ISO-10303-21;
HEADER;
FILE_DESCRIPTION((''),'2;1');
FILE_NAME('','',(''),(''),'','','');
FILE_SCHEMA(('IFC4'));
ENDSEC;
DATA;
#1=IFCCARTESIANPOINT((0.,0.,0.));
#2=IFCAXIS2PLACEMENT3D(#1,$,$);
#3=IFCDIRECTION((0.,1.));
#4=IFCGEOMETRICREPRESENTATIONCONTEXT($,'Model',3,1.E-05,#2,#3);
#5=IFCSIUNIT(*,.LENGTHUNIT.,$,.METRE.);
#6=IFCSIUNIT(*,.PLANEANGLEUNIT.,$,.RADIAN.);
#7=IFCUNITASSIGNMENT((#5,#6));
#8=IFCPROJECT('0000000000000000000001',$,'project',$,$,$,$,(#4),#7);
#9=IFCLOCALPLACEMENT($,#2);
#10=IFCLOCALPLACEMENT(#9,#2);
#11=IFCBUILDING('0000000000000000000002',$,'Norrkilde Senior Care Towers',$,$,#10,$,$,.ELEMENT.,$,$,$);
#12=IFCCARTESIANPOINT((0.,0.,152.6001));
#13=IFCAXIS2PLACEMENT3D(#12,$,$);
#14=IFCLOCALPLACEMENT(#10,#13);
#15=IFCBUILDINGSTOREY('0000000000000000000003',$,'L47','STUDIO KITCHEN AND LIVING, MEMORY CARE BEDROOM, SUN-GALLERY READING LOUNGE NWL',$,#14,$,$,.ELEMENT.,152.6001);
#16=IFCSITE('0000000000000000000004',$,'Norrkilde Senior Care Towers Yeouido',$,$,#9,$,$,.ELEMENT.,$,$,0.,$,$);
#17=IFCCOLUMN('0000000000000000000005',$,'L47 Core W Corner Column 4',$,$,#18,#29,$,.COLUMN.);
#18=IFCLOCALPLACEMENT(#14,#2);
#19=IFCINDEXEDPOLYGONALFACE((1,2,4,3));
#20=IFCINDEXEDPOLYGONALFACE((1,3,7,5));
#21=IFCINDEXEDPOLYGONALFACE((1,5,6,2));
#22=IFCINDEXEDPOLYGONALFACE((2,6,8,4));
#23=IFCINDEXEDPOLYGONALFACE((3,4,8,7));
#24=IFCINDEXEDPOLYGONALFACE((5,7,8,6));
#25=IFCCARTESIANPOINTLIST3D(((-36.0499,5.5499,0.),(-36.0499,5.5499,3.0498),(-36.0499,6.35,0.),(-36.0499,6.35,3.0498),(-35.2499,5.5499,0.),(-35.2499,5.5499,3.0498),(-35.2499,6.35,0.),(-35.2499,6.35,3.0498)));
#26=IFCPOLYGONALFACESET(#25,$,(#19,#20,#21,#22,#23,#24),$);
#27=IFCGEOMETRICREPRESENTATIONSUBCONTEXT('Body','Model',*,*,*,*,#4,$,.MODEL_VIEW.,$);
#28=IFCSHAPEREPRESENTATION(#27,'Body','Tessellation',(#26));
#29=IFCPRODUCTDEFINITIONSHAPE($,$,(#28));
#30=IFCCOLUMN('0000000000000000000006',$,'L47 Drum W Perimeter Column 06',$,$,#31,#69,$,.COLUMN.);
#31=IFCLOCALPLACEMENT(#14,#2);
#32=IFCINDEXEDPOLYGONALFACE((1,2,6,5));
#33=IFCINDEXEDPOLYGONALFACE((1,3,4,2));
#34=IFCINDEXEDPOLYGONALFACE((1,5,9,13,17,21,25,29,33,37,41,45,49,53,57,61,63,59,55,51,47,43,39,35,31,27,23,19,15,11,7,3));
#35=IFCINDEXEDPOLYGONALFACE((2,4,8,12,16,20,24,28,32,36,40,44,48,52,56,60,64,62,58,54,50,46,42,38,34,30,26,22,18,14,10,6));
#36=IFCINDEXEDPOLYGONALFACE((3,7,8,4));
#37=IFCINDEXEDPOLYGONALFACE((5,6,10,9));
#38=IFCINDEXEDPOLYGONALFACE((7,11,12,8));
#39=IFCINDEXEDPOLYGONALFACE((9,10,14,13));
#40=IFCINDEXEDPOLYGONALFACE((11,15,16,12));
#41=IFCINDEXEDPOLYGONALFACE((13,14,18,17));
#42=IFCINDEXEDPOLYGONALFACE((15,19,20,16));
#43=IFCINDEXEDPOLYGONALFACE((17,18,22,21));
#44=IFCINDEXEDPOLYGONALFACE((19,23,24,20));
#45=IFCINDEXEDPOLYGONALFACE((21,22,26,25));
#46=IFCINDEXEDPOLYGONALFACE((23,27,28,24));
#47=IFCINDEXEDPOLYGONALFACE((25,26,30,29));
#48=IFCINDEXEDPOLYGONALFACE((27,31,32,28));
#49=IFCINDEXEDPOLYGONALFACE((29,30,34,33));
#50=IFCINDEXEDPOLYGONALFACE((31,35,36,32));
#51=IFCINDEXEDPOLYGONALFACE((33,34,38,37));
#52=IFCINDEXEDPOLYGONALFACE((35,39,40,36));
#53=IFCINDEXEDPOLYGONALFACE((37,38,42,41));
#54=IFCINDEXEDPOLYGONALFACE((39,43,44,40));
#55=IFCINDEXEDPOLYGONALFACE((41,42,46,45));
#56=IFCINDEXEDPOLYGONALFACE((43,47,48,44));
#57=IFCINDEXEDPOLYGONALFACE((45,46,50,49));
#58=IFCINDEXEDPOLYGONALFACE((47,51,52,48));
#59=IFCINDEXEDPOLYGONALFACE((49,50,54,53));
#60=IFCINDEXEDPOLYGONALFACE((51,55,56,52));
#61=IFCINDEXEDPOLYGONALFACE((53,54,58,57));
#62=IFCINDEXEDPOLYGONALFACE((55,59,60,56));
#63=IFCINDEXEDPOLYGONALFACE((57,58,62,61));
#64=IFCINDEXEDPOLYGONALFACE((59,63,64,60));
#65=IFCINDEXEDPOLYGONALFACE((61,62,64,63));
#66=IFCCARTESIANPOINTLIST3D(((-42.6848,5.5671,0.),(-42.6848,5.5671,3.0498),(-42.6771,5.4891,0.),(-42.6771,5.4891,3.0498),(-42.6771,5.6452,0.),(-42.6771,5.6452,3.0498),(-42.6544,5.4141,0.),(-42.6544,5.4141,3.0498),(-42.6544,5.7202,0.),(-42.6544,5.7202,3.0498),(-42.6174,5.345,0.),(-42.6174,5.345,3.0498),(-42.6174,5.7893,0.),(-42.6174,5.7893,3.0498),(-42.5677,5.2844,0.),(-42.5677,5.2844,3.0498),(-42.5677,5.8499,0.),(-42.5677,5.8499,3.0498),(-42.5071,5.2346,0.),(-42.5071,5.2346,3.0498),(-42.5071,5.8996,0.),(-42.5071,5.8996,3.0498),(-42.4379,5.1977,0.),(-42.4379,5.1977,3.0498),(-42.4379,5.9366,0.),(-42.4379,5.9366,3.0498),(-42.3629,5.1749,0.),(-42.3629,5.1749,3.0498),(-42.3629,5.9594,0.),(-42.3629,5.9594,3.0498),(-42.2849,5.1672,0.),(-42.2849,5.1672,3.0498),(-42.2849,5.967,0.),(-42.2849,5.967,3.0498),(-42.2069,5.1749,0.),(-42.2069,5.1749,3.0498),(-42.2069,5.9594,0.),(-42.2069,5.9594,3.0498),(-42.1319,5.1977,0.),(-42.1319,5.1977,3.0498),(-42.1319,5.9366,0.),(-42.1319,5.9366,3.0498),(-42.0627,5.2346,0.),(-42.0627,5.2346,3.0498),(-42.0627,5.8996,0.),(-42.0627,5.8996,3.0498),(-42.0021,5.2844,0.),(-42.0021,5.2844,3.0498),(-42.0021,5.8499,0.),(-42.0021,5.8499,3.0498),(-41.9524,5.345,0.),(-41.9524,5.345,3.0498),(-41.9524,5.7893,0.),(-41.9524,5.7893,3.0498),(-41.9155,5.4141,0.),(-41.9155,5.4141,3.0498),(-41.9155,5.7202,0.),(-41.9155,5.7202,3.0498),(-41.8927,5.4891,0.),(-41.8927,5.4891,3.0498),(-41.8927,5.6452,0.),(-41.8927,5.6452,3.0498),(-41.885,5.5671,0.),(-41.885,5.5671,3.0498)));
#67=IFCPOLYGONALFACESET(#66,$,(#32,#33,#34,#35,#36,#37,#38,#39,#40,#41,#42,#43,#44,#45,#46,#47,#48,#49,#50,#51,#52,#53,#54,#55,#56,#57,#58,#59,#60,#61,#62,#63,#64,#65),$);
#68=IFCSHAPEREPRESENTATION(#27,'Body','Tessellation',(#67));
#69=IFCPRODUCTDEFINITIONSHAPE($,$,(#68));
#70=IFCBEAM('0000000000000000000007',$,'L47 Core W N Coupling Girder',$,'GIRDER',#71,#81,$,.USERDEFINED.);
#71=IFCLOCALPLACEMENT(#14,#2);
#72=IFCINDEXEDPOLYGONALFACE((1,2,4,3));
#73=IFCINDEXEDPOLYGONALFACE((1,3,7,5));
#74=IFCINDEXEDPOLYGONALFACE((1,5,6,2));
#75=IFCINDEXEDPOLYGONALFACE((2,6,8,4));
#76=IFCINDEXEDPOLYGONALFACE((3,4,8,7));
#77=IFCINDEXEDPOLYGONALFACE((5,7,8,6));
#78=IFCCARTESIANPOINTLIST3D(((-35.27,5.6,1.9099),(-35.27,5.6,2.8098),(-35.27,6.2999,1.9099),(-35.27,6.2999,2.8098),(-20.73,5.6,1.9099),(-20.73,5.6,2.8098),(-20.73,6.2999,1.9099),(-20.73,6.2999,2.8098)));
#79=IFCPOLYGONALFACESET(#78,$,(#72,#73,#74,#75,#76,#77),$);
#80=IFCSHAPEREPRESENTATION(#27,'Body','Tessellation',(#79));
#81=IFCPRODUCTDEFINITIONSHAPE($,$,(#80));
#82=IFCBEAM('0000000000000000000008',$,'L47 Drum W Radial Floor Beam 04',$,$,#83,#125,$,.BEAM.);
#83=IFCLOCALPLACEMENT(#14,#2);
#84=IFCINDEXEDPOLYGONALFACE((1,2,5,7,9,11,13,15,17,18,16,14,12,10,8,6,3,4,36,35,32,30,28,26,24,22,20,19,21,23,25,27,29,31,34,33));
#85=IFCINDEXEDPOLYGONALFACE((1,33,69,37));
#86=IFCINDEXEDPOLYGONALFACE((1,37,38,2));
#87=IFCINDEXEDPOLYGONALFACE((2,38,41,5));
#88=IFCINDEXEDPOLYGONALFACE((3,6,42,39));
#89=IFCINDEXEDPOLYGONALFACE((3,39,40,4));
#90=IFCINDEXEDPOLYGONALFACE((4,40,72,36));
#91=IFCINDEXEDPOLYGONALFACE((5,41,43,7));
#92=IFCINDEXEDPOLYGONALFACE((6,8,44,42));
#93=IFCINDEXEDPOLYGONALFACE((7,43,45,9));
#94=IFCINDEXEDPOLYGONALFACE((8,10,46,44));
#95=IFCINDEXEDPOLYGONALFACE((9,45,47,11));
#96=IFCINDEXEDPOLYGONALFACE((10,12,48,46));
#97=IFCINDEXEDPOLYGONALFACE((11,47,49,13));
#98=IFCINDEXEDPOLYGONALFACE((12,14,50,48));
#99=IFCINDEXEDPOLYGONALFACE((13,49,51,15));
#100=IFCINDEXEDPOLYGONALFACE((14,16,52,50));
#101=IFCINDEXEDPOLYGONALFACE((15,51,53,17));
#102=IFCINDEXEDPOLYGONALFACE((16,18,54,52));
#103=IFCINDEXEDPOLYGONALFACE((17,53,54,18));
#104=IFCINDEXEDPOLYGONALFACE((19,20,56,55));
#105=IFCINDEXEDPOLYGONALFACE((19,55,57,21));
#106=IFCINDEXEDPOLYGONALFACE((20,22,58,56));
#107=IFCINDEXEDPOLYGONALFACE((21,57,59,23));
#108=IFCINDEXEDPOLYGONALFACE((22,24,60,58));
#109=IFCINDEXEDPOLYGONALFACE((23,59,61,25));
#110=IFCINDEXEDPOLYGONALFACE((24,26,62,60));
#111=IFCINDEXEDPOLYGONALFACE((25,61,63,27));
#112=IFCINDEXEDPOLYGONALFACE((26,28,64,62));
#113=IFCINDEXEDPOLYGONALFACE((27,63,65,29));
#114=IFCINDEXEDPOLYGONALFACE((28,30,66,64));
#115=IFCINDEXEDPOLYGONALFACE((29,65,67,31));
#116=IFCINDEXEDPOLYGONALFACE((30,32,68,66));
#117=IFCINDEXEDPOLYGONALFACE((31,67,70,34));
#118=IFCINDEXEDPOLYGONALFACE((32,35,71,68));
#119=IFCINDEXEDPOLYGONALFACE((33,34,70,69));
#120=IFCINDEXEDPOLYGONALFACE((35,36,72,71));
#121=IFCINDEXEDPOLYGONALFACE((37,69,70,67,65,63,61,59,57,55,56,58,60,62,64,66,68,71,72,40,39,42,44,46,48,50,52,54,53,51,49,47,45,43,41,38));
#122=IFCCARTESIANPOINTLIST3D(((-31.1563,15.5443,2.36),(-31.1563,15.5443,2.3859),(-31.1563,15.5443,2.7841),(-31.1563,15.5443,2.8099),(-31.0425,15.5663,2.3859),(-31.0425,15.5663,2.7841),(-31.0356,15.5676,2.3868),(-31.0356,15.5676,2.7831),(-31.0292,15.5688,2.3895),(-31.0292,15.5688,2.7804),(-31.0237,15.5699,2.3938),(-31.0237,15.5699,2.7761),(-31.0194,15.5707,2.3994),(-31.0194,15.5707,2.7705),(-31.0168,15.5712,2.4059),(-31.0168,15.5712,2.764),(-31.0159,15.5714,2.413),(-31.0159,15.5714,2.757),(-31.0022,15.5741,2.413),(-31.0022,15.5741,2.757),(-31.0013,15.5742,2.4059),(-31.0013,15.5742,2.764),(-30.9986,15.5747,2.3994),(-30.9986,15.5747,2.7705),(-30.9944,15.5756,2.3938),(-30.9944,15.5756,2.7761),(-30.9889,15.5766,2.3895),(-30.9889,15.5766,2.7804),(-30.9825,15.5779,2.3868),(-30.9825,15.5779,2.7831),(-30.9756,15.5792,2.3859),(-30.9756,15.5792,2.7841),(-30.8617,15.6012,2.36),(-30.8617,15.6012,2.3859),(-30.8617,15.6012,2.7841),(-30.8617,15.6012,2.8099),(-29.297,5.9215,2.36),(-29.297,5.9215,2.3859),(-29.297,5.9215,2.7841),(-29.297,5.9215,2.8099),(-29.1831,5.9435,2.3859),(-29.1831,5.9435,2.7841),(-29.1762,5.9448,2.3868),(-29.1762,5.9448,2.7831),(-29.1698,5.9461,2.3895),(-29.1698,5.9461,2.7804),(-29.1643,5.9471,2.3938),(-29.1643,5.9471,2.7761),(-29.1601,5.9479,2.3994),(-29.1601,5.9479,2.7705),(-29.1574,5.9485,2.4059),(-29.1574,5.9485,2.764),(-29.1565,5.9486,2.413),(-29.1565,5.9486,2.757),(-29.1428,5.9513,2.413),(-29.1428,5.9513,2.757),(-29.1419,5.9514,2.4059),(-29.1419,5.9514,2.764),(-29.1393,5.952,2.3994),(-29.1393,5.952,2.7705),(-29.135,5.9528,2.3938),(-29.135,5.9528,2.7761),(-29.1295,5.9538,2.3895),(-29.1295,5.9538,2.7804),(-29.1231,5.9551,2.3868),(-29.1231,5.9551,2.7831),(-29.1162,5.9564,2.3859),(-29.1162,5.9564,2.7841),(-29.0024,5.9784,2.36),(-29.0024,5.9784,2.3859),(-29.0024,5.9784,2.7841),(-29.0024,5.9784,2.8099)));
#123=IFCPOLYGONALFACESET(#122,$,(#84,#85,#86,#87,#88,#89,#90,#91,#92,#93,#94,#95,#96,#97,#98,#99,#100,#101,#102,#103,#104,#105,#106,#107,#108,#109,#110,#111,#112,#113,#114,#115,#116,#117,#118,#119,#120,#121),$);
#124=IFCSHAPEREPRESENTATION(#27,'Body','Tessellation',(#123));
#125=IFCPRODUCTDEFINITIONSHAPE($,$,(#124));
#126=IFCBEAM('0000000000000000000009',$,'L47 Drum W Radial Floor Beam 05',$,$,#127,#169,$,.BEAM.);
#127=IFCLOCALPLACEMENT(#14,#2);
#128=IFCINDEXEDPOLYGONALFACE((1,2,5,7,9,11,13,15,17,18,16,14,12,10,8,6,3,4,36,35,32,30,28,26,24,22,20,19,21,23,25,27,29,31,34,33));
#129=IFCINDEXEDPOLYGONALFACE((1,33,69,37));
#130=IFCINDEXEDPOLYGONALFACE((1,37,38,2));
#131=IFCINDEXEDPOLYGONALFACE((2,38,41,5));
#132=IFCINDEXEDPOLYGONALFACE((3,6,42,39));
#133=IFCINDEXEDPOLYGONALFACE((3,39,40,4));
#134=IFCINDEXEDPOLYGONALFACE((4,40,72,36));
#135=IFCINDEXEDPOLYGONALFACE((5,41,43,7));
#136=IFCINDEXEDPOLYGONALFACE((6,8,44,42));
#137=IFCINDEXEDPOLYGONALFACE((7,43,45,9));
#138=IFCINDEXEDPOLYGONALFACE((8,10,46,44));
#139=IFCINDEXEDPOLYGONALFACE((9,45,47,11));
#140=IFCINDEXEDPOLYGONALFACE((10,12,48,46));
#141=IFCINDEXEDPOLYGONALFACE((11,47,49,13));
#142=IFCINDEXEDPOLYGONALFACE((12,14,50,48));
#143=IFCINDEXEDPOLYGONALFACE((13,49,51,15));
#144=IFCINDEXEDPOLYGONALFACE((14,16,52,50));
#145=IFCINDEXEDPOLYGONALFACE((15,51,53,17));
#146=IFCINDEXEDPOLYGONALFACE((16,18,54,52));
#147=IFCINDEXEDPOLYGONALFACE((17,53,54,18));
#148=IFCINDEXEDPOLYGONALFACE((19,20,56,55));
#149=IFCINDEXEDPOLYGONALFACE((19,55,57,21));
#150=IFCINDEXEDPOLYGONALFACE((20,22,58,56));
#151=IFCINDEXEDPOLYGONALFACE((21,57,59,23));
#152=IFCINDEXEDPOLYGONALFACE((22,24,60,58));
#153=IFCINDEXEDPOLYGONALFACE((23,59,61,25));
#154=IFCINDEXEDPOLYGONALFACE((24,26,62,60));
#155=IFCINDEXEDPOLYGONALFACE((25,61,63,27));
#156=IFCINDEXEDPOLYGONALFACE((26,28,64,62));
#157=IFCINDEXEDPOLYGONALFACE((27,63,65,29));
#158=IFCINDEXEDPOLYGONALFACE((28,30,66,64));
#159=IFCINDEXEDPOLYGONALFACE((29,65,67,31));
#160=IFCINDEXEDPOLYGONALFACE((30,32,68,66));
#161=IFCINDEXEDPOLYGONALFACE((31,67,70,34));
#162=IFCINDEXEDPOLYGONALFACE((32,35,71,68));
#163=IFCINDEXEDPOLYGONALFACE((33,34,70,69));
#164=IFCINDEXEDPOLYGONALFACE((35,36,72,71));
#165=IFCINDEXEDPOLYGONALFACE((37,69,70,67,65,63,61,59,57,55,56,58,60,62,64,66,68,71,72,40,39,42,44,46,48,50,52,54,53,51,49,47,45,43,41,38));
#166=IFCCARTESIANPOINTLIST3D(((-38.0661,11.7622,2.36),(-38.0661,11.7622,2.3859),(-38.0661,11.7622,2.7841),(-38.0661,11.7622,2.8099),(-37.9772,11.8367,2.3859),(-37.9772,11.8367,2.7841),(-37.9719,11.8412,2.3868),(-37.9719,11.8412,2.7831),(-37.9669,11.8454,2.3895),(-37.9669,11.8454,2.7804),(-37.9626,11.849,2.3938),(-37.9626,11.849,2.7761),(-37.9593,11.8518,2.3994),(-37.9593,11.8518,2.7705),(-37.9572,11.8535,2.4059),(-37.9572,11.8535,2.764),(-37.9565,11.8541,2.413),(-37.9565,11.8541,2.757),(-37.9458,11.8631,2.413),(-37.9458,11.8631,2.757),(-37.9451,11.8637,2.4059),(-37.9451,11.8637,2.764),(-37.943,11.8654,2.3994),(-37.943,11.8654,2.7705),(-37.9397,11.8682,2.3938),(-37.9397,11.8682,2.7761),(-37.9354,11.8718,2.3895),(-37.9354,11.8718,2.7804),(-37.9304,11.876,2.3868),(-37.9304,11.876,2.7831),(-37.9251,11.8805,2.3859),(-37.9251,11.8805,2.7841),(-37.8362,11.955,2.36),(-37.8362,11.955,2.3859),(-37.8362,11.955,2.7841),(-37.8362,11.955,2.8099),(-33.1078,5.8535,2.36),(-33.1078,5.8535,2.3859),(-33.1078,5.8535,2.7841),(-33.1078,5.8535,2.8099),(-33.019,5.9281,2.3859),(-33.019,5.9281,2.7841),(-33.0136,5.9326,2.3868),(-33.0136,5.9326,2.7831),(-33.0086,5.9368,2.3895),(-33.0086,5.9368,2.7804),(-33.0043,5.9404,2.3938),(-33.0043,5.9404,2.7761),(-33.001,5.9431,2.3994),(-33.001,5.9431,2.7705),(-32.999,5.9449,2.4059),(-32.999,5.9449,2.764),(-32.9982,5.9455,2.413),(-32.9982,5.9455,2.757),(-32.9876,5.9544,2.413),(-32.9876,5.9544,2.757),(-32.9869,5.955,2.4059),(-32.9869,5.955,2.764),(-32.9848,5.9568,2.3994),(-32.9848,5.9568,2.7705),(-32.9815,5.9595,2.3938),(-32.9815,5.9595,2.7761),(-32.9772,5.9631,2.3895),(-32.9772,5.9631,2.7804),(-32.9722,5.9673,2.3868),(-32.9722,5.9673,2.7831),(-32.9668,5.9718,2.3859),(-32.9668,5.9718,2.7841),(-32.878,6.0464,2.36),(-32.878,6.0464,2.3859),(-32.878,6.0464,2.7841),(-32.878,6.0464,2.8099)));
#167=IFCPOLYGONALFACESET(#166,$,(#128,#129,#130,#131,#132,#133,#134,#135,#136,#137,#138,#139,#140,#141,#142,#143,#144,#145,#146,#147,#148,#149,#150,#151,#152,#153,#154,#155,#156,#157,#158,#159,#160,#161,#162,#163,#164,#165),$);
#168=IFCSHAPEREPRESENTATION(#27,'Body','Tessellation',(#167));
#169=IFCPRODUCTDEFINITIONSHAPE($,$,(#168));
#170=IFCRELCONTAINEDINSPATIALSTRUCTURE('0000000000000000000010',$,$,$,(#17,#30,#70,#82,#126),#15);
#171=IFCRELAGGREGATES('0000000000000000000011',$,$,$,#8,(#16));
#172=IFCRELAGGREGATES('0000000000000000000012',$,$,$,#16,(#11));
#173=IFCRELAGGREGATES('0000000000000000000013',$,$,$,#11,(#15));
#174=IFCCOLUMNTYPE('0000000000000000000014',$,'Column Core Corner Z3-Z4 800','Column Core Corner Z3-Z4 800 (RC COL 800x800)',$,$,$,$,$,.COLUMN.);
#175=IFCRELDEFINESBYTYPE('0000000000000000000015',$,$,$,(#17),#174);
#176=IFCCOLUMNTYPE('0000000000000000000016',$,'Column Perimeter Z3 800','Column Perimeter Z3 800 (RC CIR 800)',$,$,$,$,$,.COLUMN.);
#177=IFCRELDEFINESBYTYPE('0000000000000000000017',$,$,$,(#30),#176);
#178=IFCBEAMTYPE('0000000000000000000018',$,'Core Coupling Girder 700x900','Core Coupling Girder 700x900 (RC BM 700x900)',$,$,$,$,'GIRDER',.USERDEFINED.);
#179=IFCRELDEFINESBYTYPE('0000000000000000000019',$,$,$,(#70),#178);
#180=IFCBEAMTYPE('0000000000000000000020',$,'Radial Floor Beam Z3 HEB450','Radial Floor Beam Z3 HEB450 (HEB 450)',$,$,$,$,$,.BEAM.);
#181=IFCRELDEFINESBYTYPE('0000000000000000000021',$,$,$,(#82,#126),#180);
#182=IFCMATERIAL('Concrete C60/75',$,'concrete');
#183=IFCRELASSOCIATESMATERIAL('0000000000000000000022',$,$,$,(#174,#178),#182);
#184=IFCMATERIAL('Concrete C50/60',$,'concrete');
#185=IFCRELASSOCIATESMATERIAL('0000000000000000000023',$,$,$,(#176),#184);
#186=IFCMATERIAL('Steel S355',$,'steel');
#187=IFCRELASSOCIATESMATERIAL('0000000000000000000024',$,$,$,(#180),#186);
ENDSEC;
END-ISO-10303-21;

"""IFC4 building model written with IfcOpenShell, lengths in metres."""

from ifc_helpers import new_model, si_unit, direction, frame, origin, origin_2d, place, context, subcontext, project, spatial, rectangle, circle, i_section, extrude, source, transform, mapped, material, material_profile, profile_set, type_object, type_shapes, element, save


model = new_model("IFC4")

# Units and contexts
model_context = context("Model", 3, precision=1e-05, world=origin(), true_north=direction((0.0, 1.0)))
body_context = subcontext(model_context, "Body", "Model", "MODEL_VIEW")
ifc_project = project(units=[si_unit("LENGTHUNIT", "METRE"), si_unit("PLANEANGLEUNIT", "RADIAN")], contexts=[model_context])

# Site, building, storey
site_placement = place(None, origin())
site = spatial("IfcSite", under=ifc_project, at=site_placement, Name="Norrkilde Senior Care Towers Yeouido", CompositionType="ELEMENT", RefElevation=0.0)
building_placement = place(site_placement, origin())
building = spatial("IfcBuilding", under=site, at=building_placement, Name="Norrkilde Senior Care Towers", CompositionType="ELEMENT")
storey_placement = place(building_placement, frame((0.0, 0.0, 152.6001)))
storey = spatial("IfcBuildingStorey", under=building, at=storey_placement, Name="L47", Description="STUDIO KITCHEN AND LIVING, MEMORY CARE BEDROOM, SUN-GALLERY READING LOUNGE NWL", CompositionType="ELEMENT", Elevation=152.6001)

# Columns
ifc_material_1 = material(Name="Concrete C60/75", Category="concrete")
ifc_material_profile_1 = material_profile(ifc_material_1, rectangle(XDim=0.8, YDim=0.8, at=origin_2d()), Name="RC COL 800x800")
ifc_profile_set_1 = profile_set([ifc_material_profile_1], Name="Concrete C60/75")
column_type_1 = type_object("IfcColumnType", Name="Column Core Corner Z3-Z4 800", Description="Column Core Corner Z3-Z4 800 (RC COL 800x800)", PredefinedType="COLUMN", material=ifc_profile_set_1)
shared_shape_1 = source(origin(), body_context, "Body", "SweptSolid", [
    extrude(rectangle(XDim=0.8, YDim=0.8, at=origin_2d()), origin(), (0.0, 0.0, 1.0), 3.0498),
])
type_shapes(column_type_1, [shared_shape_1])
column_1_placement = place(storey_placement, frame((-35.6499, 5.95, 0.0), z_axis=(0.0, 0.0, 1.0), x_axis=(1.0, 0.0, 0.0)))
element("IfcColumn", 1, at=column_1_placement, inside=storey, type_object=column_type_1, Name="L47 Core W Corner Column 4", PredefinedType="COLUMN", context=body_context, shape_type="MappedRepresentation", body=[
    mapped(shared_shape_1, transform((0.0, 0.0, 0.0), x_axis=(1.0, 0.0, 0.0), y_axis=(0.0, 1.0, 0.0), z_axis=(0.0, 0.0, 1.0), scale=1.0)),
])
ifc_material_2 = material(Name="Concrete C50/60", Category="concrete")
ifc_material_profile_2 = material_profile(ifc_material_2, circle(Radius=0.3999, at=origin_2d()), Name="RC CIR 800")
ifc_profile_set_2 = profile_set([ifc_material_profile_2], Name="Concrete C50/60")
column_type_2 = type_object("IfcColumnType", Name="Column Perimeter Z3 800", Description="Column Perimeter Z3 800 (RC CIR 800)", PredefinedType="COLUMN", material=ifc_profile_set_2)
shared_shape_2 = source(origin(), body_context, "Body", "SweptSolid", [
    extrude(circle(Radius=0.3999, at=origin_2d()), origin(), (0.0, 0.0, 1.0), 3.0498),
])
type_shapes(column_type_2, [shared_shape_2])
column_2_placement = place(storey_placement, frame((-42.2849, 5.5671, 0.0), z_axis=(0.0, 0.0, 1.0), x_axis=(1.0, 0.0, 0.0)))
element("IfcColumn", 2, at=column_2_placement, inside=storey, type_object=column_type_2, Name="L47 Drum W Perimeter Column 06", PredefinedType="COLUMN", context=body_context, shape_type="MappedRepresentation", body=[
    mapped(shared_shape_2, transform((0.0, 0.0, 0.0), x_axis=(1.0, 0.0, 0.0), y_axis=(0.0, 1.0, 0.0), z_axis=(0.0, 0.0, 1.0), scale=1.0)),
])

# Beams
ifc_material_profile_3 = material_profile(ifc_material_1, rectangle(XDim=0.7, YDim=0.8999, at=origin_2d()), Name="RC BM 700x900")
ifc_profile_set_3 = profile_set([ifc_material_profile_3], Name="Concrete C60/75")
beam_type_1 = type_object("IfcBeamType", Name="Core Coupling Girder 700x900", Description="Core Coupling Girder 700x900 (RC BM 700x900)", ElementType="GIRDER", PredefinedType="USERDEFINED", material=ifc_profile_set_3)
shared_shape_3 = source(origin(), body_context, "Body", "SweptSolid", [
    extrude(rectangle(XDim=0.7, YDim=0.8999, at=origin_2d()), origin(), (0.0, 0.0, 1.0), 14.54),
])
type_shapes(beam_type_1, [shared_shape_3])
beam_1_placement = place(storey_placement, frame((-35.27, 5.95, 2.3599), z_axis=(1.0, 0.0, 0.0), x_axis=(0.0, 1.0, 0.0)))
element("IfcBeam", 3, at=beam_1_placement, inside=storey, type_object=beam_type_1, Name="L47 Core W N Coupling Girder", ObjectType="GIRDER", PredefinedType="USERDEFINED", context=body_context, shape_type="MappedRepresentation", body=[
    mapped(shared_shape_3, transform((0.0, 0.0, 0.0), x_axis=(1.0, 0.0, 0.0), y_axis=(0.0, 1.0, 0.0), z_axis=(0.0, 0.0, 1.0), scale=1.0)),
])
ifc_material_3 = material(Name="Steel S355", Category="steel")
ifc_material_profile_4 = material_profile(ifc_material_3, i_section(OverallWidth=0.3, OverallDepth=0.45, WebThickness=0.0139, FlangeThickness=0.0259, FilletRadius=0.0271, at=origin_2d()), Name="HEB 450")
ifc_profile_set_4 = profile_set([ifc_material_profile_4], Name="Steel S355")
beam_type_2 = type_object("IfcBeamType", Name="Radial Floor Beam Z3 HEB450", Description="Radial Floor Beam Z3 HEB450 (HEB 450)", PredefinedType="BEAM", material=ifc_profile_set_4)
shared_shape_4 = source(origin(), body_context, "Body", "SweptSolid", [
    extrude(i_section(OverallWidth=0.3, OverallDepth=0.45, WebThickness=0.0139, FlangeThickness=0.0259, FilletRadius=0.0271, at=origin_2d()), origin(), (0.0, 0.0, 1.0), 9.8008),
])
beam_2_placement = place(storey_placement, frame((-29.1497, 5.95, 2.585), z_axis=(-0.189717, 0.981839, 0.0), x_axis=(-0.981839, -0.189717, 0.0)))
element("IfcBeam", 4, at=beam_2_placement, inside=storey, type_object=beam_type_2, Name="L47 Drum W Radial Floor Beam 04", PredefinedType="BEAM", context=body_context, shape_type="MappedRepresentation", body=[
    mapped(shared_shape_4, transform((0.0, 0.0, 0.0), x_axis=(1.0, 0.0, 0.0), y_axis=(0.0, 1.0, 0.0), z_axis=(0.0, 0.0, 1.0), scale=1.0)),
])
shared_shape_5 = source(origin(), body_context, "Body", "SweptSolid", [
    extrude(i_section(OverallWidth=0.3, OverallDepth=0.45, WebThickness=0.0139, FlangeThickness=0.0259, FilletRadius=0.0271, at=origin_2d()), origin(), (0.0, 0.0, 1.0), 7.7134),
])
beam_3_placement = place(storey_placement, frame((-32.9929, 5.95, 2.585), z_axis=(-0.642808, 0.766027, 0.0), x_axis=(-0.766027, -0.642808, 0.0)))
element("IfcBeam", 5, at=beam_3_placement, inside=storey, type_object=beam_type_2, Name="L47 Drum W Radial Floor Beam 05", PredefinedType="BEAM", context=body_context, shape_type="MappedRepresentation", body=[
    mapped(shared_shape_5, transform((0.0, 0.0, 0.0), x_axis=(1.0, 0.0, 0.0), y_axis=(0.0, 1.0, 0.0), z_axis=(0.0, 0.0, 1.0), scale=1.0)),
])

save(model, "model.ifc")
